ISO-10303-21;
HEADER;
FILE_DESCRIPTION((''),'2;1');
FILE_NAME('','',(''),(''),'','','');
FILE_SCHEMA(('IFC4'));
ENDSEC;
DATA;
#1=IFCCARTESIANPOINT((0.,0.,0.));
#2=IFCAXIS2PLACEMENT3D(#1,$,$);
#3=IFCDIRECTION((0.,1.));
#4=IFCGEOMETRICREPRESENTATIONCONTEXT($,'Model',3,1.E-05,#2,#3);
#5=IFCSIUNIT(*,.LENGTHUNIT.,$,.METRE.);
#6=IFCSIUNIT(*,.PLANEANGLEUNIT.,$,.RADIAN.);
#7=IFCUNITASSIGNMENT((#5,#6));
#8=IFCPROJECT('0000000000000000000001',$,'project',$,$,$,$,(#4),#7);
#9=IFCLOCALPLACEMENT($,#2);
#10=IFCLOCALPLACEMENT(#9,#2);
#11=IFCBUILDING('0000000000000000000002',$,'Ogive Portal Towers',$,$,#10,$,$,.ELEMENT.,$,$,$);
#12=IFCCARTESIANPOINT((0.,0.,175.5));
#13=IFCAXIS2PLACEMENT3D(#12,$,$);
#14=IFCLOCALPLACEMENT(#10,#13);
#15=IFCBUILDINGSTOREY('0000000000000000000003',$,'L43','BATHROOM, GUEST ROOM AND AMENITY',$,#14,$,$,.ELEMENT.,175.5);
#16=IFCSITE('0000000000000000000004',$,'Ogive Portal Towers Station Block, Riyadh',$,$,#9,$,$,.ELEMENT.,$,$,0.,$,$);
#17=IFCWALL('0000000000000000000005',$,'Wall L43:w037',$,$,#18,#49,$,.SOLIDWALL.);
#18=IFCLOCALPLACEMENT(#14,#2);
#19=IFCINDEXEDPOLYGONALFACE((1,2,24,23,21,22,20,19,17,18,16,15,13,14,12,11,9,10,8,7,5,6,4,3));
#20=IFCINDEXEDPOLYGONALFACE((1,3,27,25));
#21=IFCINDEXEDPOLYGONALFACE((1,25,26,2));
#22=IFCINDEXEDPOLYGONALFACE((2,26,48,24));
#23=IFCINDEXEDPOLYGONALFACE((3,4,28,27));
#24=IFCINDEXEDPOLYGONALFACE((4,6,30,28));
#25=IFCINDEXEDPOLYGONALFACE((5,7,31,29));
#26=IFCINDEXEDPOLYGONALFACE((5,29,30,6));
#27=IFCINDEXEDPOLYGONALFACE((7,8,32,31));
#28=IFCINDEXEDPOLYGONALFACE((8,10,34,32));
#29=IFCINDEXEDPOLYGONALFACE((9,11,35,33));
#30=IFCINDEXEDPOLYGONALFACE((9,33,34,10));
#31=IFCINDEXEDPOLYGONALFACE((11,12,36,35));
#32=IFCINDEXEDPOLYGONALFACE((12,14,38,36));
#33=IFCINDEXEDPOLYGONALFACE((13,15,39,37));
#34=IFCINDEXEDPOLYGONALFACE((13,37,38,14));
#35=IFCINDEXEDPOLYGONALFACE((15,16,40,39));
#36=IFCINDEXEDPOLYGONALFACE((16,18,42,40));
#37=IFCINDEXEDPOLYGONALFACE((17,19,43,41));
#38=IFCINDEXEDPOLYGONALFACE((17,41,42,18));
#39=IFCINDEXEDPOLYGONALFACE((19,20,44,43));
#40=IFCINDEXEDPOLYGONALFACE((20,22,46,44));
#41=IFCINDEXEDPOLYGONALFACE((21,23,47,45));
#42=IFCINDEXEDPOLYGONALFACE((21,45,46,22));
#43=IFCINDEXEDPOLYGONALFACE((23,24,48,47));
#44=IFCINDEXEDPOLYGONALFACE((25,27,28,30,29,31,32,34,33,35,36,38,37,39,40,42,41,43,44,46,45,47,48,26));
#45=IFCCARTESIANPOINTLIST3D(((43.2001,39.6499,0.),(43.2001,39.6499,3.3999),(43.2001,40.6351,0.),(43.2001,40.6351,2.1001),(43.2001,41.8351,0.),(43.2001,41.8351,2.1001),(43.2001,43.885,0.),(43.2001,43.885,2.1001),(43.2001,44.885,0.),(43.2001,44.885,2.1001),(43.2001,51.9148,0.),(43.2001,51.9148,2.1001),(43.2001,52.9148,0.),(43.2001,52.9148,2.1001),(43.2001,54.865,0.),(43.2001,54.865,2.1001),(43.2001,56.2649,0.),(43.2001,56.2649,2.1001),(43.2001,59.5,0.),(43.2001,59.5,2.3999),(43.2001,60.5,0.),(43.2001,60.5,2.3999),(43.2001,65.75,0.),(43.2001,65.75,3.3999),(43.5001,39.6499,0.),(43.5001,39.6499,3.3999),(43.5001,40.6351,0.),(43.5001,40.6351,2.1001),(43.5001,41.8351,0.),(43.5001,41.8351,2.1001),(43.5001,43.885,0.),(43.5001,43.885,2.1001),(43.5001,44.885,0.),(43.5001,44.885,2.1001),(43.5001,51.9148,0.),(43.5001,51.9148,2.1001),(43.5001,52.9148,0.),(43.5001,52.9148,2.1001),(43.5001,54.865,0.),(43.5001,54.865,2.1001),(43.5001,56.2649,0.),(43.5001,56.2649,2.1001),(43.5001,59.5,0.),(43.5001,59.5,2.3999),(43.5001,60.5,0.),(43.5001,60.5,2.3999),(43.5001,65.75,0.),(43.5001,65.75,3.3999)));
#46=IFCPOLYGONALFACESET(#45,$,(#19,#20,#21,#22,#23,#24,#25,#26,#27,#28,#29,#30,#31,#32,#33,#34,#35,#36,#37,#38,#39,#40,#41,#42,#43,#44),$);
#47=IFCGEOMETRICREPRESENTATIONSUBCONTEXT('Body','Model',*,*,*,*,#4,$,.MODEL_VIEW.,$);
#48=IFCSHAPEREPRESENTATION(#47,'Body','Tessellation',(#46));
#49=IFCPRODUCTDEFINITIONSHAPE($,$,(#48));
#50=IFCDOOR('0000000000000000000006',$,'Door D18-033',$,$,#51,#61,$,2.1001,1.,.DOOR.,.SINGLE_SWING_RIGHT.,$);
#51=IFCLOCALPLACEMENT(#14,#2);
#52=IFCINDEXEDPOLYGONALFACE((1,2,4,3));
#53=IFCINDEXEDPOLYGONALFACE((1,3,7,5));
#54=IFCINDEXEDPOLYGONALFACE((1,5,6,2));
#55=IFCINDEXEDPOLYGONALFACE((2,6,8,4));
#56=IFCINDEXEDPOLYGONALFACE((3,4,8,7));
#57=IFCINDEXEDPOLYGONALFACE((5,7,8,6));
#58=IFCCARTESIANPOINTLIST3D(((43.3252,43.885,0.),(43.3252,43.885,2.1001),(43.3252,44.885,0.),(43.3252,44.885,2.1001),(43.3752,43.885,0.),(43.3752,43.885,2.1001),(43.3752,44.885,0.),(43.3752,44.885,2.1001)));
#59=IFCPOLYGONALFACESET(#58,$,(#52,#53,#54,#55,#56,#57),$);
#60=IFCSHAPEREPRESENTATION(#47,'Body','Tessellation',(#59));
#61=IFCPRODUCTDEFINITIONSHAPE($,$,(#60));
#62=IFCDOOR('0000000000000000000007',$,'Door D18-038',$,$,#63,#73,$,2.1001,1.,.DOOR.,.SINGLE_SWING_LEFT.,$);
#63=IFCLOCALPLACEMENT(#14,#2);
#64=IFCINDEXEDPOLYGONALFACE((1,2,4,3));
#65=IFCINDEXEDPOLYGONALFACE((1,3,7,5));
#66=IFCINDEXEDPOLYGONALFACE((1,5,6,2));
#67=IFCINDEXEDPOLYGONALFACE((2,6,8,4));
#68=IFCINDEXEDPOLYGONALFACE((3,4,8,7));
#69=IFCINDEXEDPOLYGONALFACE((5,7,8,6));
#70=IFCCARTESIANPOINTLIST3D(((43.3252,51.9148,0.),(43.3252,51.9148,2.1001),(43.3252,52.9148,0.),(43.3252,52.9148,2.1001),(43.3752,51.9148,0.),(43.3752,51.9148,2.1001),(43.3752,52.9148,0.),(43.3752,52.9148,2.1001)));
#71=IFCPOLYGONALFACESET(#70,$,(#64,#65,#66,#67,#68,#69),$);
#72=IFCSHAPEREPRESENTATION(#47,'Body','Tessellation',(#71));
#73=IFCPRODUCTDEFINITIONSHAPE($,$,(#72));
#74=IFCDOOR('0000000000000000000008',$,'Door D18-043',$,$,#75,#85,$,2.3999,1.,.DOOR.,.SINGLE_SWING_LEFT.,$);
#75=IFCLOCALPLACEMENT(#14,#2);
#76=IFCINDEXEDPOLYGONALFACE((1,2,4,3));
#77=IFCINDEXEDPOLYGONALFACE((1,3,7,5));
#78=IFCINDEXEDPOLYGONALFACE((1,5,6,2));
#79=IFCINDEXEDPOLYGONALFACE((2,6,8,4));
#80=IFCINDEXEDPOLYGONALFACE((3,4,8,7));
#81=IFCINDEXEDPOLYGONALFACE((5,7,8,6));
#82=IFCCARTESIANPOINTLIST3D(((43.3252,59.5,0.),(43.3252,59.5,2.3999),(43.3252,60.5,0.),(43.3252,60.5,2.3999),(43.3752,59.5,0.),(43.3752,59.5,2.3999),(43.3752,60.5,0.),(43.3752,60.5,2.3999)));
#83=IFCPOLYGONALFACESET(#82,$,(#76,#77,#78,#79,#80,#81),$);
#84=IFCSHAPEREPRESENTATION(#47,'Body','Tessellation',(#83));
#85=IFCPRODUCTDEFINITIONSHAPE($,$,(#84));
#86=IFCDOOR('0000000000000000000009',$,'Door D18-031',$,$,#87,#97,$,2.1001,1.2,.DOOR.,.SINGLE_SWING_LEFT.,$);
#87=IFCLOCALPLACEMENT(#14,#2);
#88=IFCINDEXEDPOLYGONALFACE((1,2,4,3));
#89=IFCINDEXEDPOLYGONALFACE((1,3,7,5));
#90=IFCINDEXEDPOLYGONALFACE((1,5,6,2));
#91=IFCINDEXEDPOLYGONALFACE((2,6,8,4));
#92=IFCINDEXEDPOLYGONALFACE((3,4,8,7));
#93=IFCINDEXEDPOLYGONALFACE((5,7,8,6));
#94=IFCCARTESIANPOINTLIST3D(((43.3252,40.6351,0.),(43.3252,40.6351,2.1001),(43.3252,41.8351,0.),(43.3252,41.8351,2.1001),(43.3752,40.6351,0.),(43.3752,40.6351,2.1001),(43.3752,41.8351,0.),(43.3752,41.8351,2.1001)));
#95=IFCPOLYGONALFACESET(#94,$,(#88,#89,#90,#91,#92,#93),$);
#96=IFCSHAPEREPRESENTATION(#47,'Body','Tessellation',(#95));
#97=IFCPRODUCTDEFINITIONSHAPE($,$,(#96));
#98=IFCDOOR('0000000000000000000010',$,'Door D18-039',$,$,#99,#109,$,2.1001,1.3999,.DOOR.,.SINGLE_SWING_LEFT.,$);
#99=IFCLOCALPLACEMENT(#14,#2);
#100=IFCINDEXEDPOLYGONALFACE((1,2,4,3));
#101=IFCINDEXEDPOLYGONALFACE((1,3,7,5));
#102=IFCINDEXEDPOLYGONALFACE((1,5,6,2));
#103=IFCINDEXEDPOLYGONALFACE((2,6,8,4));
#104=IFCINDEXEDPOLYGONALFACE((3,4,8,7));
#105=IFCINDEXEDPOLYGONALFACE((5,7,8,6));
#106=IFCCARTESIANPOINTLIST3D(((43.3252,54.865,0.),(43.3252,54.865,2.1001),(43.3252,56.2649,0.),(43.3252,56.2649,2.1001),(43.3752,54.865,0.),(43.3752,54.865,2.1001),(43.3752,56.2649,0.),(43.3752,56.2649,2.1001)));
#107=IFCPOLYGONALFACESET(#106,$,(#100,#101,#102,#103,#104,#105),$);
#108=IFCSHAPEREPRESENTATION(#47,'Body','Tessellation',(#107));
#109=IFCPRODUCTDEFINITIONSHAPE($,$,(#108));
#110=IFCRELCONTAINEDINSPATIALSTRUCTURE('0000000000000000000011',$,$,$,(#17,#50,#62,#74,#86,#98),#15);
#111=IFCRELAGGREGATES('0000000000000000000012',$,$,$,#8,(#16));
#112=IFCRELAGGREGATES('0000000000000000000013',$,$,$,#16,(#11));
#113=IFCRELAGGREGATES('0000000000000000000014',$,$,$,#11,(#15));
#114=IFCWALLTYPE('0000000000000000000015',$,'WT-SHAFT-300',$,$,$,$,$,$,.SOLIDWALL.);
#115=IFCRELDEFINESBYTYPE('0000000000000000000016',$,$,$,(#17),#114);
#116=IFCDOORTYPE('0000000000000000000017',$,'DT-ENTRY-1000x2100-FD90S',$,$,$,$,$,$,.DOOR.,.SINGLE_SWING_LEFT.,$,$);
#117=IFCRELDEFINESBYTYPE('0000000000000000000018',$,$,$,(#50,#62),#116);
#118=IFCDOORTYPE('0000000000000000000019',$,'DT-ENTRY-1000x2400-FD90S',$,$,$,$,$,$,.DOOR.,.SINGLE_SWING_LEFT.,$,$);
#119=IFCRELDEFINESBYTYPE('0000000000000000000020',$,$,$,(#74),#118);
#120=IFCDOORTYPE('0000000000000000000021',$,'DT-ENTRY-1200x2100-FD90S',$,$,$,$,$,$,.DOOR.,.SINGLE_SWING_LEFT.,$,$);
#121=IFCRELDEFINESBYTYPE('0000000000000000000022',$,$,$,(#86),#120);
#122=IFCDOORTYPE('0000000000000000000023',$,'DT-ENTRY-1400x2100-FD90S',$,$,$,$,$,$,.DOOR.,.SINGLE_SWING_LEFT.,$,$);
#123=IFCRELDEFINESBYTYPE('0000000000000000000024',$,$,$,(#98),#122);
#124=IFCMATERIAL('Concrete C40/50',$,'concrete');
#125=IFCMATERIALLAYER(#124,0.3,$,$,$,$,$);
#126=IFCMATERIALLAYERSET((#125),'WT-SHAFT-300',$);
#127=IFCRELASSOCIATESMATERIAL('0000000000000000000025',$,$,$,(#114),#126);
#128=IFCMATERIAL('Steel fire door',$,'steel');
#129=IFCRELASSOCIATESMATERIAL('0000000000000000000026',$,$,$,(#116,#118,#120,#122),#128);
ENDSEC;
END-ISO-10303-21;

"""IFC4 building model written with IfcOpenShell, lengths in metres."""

from ifc_helpers import new_model, si_unit, direction, frame, frame_2d, origin, place, context, subcontext, project, spatial, rectangle, extrude, material, layer, layer_set, type_object, element, fill, save


model = new_model("IFC4")

# Units and contexts
model_context = context("Model", 3, precision=1e-05, world=origin(), true_north=direction((0.0, 1.0)))
body_context = subcontext(model_context, "Body", "Model", "MODEL_VIEW")
ifc_project = project(units=[si_unit("LENGTHUNIT", "METRE"), si_unit("PLANEANGLEUNIT", "RADIAN")], contexts=[model_context])

# Site, building, storey
site_placement = place(None, origin())
site = spatial("IfcSite", under=ifc_project, at=site_placement, Name="Ogive Portal Towers Station Block, Riyadh", CompositionType="ELEMENT", RefElevation=0.0)
building_placement = place(site_placement, origin())
building = spatial("IfcBuilding", under=site, at=building_placement, Name="Ogive Portal Towers", CompositionType="ELEMENT")
storey_placement = place(building_placement, frame((0.0, 0.0, 175.5)))
storey = spatial("IfcBuildingStorey", under=building, at=storey_placement, Name="L43", Description="BATHROOM, GUEST ROOM AND AMENITY", CompositionType="ELEMENT", Elevation=175.5)

# Shared definitions
ifc_material_1 = material(Name="Steel fire door", Category="steel")

# Shared definitions
ifc_material_2 = material(Name="Concrete C40/50", Category="concrete")
ifc_layer_1 = layer(ifc_material_2, 0.3)
ifc_layer_set_1 = layer_set([ifc_layer_1], Name="WT-SHAFT-300")
wall_type_1 = type_object("IfcWallType", Name="WT-SHAFT-300", PredefinedType="SOLIDWALL", material=ifc_layer_set_1)

# Wall, openings, doors
wall_1_placement = place(storey_placement, frame((43.3501, 39.6499, 0.0), z_axis=(0.0, 0.0, 1.0), x_axis=(0.0, 1.0, 0.0)))
wall_1 = element("IfcWall", 1, at=wall_1_placement, inside=storey, type_object=wall_type_1, Name="Wall L43:w037", PredefinedType="SOLIDWALL", context=body_context, shape_type="SweptSolid", body=[
    extrude(rectangle(XDim=26.1001, YDim=0.3, at=frame_2d((13.05, 0.0))), origin(), (0.0, 0.0, 1.0), 3.3999),
])
opening_1_placement = place(wall_1_placement, frame((0.9851, 0.0, 0.0)))
opening_1 = element("IfcOpeningElement", 2, at=opening_1_placement, cuts=wall_1, PredefinedType="OPENING", context=body_context, shape_type="SweptSolid", body=[
    extrude(rectangle(XDim=1.2, YDim=2.1001, at=frame_2d((0.6001, 1.05))), frame((0.0, 0.1602, 0.0), z_axis=(0.0, -1.0, 0.0), x_axis=(1.0, 0.0, 0.0)), (0.0, 0.0, 1.0), 0.3201),
])
opening_2_placement = place(wall_1_placement, frame((4.2351, 0.0, 0.0)))
opening_2 = element("IfcOpeningElement", 3, at=opening_2_placement, cuts=wall_1, PredefinedType="OPENING", context=body_context, shape_type="SweptSolid", body=[
    extrude(rectangle(XDim=1.0, YDim=2.1001, at=frame_2d((0.5, 1.05))), frame((0.0, 0.1602, 0.0), z_axis=(0.0, -1.0, 0.0), x_axis=(1.0, 0.0, 0.0)), (0.0, 0.0, 1.0), 0.3201),
])
opening_3_placement = place(wall_1_placement, frame((12.2649, 0.0, 0.0)))
opening_3 = element("IfcOpeningElement", 4, at=opening_3_placement, cuts=wall_1, PredefinedType="OPENING", context=body_context, shape_type="SweptSolid", body=[
    extrude(rectangle(XDim=1.0, YDim=2.1001, at=frame_2d((0.5, 1.05))), frame((0.0, 0.1602, 0.0), z_axis=(0.0, -1.0, 0.0), x_axis=(1.0, 0.0, 0.0)), (0.0, 0.0, 1.0), 0.3201),
])
opening_4_placement = place(wall_1_placement, frame((15.2151, 0.0, 0.0)))
opening_4 = element("IfcOpeningElement", 5, at=opening_4_placement, cuts=wall_1, PredefinedType="OPENING", context=body_context, shape_type="SweptSolid", body=[
    extrude(rectangle(XDim=1.3999, YDim=2.1001, at=frame_2d((0.7, 1.05))), frame((0.0, 0.1602, 0.0), z_axis=(0.0, -1.0, 0.0), x_axis=(1.0, 0.0, 0.0)), (0.0, 0.0, 1.0), 0.3201),
])
opening_5_placement = place(wall_1_placement, frame((19.8501, 0.0, 0.0)))
opening_5 = element("IfcOpeningElement", 6, at=opening_5_placement, cuts=wall_1, PredefinedType="OPENING", context=body_context, shape_type="SweptSolid", body=[
    extrude(rectangle(XDim=1.0, YDim=2.3999, at=frame_2d((0.5, 1.2))), frame((0.0, 0.1602, 0.0), z_axis=(0.0, -1.0, 0.0), x_axis=(1.0, 0.0, 0.0)), (0.0, 0.0, 1.0), 0.3201),
])
door_type_1 = type_object("IfcDoorType", Name="DT-ENTRY-1000x2100-FD90S", OperationType="SINGLE_SWING_LEFT", PredefinedType="DOOR", material=ifc_material_1)
door_1_placement = place(opening_2_placement, origin())
door_1 = element("IfcDoor", 7, at=door_1_placement, inside=storey, type_object=door_type_1, Name="Door D18-033", OperationType="SINGLE_SWING_RIGHT", OverallHeight=2.1001, OverallWidth=1.0, PredefinedType="DOOR", context=body_context, shape_type="SweptSolid", body=[
    extrude(rectangle(XDim=1.0, YDim=2.1001, at=frame_2d((0.5, 1.05))), frame((0.0, 0.0249, 0.0), z_axis=(0.0, -1.0, 0.0), x_axis=(1.0, 0.0, 0.0)), (0.0, 0.0, 1.0), 0.05),
])
fill(opening_2, door_1)
door_2_placement = place(opening_3_placement, origin())
door_2 = element("IfcDoor", 8, at=door_2_placement, inside=storey, type_object=door_type_1, Name="Door D18-038", OperationType="SINGLE_SWING_LEFT", OverallHeight=2.1001, OverallWidth=1.0, PredefinedType="DOOR", context=body_context, shape_type="SweptSolid", body=[
    extrude(rectangle(XDim=1.0, YDim=2.1001, at=frame_2d((0.5, 1.05))), frame((0.0, 0.0249, 0.0), z_axis=(0.0, -1.0, 0.0), x_axis=(1.0, 0.0, 0.0)), (0.0, 0.0, 1.0), 0.05),
])
fill(opening_3, door_2)
door_type_2 = type_object("IfcDoorType", Name="DT-ENTRY-1000x2400-FD90S", OperationType="SINGLE_SWING_LEFT", PredefinedType="DOOR", material=ifc_material_1)
door_3_placement = place(opening_5_placement, origin())
door_3 = element("IfcDoor", 9, at=door_3_placement, inside=storey, type_object=door_type_2, Name="Door D18-043", OperationType="SINGLE_SWING_LEFT", OverallHeight=2.3999, OverallWidth=1.0, PredefinedType="DOOR", context=body_context, shape_type="SweptSolid", body=[
    extrude(rectangle(XDim=1.0, YDim=2.3999, at=frame_2d((0.5, 1.2))), frame((0.0, 0.0249, 0.0), z_axis=(0.0, -1.0, 0.0), x_axis=(1.0, 0.0, 0.0)), (0.0, 0.0, 1.0), 0.05),
])
fill(opening_5, door_3)
door_type_3 = type_object("IfcDoorType", Name="DT-ENTRY-1200x2100-FD90S", OperationType="SINGLE_SWING_LEFT", PredefinedType="DOOR", material=ifc_material_1)
door_4_placement = place(opening_1_placement, origin())
door_4 = element("IfcDoor", 10, at=door_4_placement, inside=storey, type_object=door_type_3, Name="Door D18-031", OperationType="SINGLE_SWING_LEFT", OverallHeight=2.1001, OverallWidth=1.2, PredefinedType="DOOR", context=body_context, shape_type="SweptSolid", body=[
    extrude(rectangle(XDim=1.2, YDim=2.1001, at=frame_2d((0.6001, 1.05))), frame((0.0, 0.0249, 0.0), z_axis=(0.0, -1.0, 0.0), x_axis=(1.0, 0.0, 0.0)), (0.0, 0.0, 1.0), 0.05),
])
fill(opening_1, door_4)
door_type_4 = type_object("IfcDoorType", Name="DT-ENTRY-1400x2100-FD90S", OperationType="SINGLE_SWING_LEFT", PredefinedType="DOOR", material=ifc_material_1)
door_5_placement = place(opening_4_placement, origin())
door_5 = element("IfcDoor", 11, at=door_5_placement, inside=storey, type_object=door_type_4, Name="Door D18-039", OperationType="SINGLE_SWING_LEFT", OverallHeight=2.1001, OverallWidth=1.3999, PredefinedType="DOOR", context=body_context, shape_type="SweptSolid", body=[
    extrude(rectangle(XDim=1.3999, YDim=2.1001, at=frame_2d((0.7, 1.05))), frame((0.0, 0.0249, 0.0), z_axis=(0.0, -1.0, 0.0), x_axis=(1.0, 0.0, 0.0)), (0.0, 0.0, 1.0), 0.05),
])
fill(opening_4, door_5)

save(model, "model.ifc")
